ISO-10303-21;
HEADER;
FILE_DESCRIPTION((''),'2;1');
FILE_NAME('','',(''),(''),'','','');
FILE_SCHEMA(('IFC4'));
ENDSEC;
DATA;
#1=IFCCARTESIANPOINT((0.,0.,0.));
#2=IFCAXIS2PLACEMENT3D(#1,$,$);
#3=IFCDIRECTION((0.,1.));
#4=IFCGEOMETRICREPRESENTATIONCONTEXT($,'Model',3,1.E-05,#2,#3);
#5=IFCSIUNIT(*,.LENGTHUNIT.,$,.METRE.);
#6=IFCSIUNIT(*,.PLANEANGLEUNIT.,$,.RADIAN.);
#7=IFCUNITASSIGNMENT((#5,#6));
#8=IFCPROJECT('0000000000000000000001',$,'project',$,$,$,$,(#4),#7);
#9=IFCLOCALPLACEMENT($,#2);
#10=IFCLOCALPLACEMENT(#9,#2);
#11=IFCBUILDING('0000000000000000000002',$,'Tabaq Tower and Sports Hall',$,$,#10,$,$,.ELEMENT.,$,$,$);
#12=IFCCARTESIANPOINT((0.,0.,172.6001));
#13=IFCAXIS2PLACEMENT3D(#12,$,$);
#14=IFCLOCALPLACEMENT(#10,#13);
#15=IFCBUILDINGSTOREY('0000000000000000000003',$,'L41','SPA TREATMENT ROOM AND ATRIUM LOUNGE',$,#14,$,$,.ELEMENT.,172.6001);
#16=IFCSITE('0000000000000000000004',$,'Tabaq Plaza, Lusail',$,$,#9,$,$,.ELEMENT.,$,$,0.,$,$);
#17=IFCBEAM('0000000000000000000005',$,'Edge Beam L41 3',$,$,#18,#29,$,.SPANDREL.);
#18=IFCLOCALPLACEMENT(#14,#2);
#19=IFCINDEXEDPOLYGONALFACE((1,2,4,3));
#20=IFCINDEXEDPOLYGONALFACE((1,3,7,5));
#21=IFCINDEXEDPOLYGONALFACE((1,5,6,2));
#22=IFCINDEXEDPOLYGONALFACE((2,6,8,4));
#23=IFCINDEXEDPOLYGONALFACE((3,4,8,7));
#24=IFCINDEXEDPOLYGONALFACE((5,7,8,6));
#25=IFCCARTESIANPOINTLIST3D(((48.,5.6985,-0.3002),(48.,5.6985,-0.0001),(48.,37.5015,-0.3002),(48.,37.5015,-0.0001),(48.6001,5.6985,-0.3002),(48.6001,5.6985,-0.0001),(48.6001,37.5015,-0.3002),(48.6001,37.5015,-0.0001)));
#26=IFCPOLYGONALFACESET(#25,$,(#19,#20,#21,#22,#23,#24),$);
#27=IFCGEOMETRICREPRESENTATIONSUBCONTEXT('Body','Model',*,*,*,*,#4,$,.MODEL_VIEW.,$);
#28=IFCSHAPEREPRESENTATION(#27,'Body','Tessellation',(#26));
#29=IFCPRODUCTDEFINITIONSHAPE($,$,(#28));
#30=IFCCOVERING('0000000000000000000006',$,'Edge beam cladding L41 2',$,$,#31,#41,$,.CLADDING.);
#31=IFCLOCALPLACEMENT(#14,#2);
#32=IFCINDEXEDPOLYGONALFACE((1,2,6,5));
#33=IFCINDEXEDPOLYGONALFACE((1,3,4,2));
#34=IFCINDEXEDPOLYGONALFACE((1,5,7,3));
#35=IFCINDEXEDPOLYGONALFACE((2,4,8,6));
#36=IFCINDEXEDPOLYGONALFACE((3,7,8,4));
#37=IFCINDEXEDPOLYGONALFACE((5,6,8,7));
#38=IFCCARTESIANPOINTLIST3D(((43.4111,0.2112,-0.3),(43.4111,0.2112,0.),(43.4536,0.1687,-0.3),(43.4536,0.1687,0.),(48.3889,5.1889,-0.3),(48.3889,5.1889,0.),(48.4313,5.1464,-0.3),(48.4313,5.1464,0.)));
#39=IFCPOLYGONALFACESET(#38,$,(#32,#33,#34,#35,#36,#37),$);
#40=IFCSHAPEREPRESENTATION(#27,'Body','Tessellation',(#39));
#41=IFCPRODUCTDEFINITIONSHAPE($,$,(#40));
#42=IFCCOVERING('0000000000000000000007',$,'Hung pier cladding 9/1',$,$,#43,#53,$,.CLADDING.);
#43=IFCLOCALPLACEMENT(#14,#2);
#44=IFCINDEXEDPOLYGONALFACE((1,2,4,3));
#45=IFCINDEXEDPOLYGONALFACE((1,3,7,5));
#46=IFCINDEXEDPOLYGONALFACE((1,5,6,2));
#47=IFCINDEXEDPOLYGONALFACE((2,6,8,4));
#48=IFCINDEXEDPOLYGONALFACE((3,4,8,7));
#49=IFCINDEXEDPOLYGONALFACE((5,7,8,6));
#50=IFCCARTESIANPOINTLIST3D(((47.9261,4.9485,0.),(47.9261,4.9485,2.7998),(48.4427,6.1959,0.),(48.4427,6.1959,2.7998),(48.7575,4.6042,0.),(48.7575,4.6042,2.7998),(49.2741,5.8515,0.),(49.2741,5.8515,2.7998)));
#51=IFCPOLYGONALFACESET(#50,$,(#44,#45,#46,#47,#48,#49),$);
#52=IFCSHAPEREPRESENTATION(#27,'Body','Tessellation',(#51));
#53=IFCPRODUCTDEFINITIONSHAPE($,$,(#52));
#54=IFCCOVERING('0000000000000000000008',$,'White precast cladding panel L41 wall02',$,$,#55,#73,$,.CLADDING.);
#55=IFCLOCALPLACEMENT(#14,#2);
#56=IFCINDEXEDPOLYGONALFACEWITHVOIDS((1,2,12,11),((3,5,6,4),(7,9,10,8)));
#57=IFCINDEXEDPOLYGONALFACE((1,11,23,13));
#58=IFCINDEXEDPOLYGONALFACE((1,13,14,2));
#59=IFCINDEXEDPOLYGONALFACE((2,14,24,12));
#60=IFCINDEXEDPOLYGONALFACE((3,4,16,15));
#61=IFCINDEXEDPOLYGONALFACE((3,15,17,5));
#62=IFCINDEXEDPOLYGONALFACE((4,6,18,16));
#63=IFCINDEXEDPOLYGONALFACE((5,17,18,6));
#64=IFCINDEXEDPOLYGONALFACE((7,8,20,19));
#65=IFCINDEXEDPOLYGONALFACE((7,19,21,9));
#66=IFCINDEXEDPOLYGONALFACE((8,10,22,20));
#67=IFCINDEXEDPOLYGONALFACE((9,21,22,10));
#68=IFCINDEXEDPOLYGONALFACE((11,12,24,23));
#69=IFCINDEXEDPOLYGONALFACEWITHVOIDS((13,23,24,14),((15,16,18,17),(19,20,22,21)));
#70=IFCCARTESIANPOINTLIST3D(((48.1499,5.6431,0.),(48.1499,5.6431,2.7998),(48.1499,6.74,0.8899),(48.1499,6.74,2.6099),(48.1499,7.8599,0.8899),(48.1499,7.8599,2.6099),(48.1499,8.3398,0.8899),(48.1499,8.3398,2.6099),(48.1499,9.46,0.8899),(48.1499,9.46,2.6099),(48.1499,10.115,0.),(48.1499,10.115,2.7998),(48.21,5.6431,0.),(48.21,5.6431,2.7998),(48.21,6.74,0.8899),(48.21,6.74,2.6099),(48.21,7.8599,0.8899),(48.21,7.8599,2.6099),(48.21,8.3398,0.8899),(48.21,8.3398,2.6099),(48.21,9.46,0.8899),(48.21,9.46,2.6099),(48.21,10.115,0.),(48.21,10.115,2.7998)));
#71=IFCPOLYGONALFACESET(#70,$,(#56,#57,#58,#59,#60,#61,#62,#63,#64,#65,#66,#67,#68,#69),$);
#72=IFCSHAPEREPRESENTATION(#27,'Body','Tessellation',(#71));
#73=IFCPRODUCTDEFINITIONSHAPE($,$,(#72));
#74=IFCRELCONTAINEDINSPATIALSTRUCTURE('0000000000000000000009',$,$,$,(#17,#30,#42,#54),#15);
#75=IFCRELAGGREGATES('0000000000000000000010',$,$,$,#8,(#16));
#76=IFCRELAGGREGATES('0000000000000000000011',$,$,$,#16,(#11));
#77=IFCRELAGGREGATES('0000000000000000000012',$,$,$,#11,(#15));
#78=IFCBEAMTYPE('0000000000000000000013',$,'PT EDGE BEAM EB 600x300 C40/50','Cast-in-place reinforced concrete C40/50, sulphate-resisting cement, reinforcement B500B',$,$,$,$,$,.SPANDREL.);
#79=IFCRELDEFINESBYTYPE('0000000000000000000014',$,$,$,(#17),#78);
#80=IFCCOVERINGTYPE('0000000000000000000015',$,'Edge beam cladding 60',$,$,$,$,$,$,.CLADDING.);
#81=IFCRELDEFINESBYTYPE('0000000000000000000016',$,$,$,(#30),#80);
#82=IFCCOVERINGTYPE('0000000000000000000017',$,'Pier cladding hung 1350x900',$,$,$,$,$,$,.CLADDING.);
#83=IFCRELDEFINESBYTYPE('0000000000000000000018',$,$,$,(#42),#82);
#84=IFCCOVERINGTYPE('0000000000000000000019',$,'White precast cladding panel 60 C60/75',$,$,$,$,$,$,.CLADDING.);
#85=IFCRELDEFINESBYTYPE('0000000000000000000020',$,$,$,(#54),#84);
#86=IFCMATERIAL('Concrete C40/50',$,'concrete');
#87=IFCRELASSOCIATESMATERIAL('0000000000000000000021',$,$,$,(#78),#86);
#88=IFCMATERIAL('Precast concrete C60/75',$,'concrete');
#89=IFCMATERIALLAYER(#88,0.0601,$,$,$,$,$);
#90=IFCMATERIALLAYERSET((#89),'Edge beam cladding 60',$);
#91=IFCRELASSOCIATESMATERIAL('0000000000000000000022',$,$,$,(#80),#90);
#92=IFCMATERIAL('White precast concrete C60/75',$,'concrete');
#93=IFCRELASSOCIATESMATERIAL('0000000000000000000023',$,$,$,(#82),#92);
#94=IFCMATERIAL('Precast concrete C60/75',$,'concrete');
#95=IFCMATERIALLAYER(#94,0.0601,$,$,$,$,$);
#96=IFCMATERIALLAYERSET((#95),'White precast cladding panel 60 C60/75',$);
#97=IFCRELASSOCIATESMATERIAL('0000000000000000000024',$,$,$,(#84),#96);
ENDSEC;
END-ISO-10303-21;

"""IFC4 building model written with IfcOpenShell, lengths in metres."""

from ifc_helpers import new_model, si_unit, direction, frame, frame_2d, origin, origin_2d, place, context, subcontext, project, spatial, polyline, rectangle, outline, extrude, material, layer, layer_set, material_profile, profile_set, type_object, element, save


model = new_model("IFC4")

# Units and contexts
model_context = context("Model", 3, precision=1e-05, world=origin(), true_north=direction((0.0, 1.0)))
body_context = subcontext(model_context, "Body", "Model", "MODEL_VIEW")
ifc_project = project(units=[si_unit("LENGTHUNIT", "METRE"), si_unit("PLANEANGLEUNIT", "RADIAN")], contexts=[model_context])

# Site, building, storey
site_placement = place(None, origin())
site = spatial("IfcSite", under=ifc_project, at=site_placement, Name="Tabaq Plaza, Lusail", CompositionType="ELEMENT", RefElevation=0.0)
building_placement = place(site_placement, origin())
building = spatial("IfcBuilding", under=site, at=building_placement, Name="Tabaq Tower and Sports Hall", CompositionType="ELEMENT")
storey_placement = place(building_placement, frame((0.0, 0.0, 172.6001)))
storey = spatial("IfcBuildingStorey", under=building, at=storey_placement, Name="L41", Description="SPA TREATMENT ROOM AND ATRIUM LOUNGE", CompositionType="ELEMENT", Elevation=172.6001)

# Beam
ifc_material_1 = material(Name="Concrete C40/50", Category="concrete")
ifc_material_profile = material_profile(ifc_material_1, rectangle(XDim=0.6001, YDim=0.3, at=origin_2d()), Name="EB 600x300")
ifc_profile_set = profile_set([ifc_material_profile], Name="Concrete C40/50")
beam_type = type_object("IfcBeamType", Name="PT EDGE BEAM EB 600x300 C40/50", Description="Cast-in-place reinforced concrete C40/50, sulphate-resisting cement, reinforcement B500B", PredefinedType="SPANDREL", material=ifc_profile_set)
beam_placement = place(storey_placement, frame((48.3, 5.6985, -0.1501), z_axis=(0.0, 1.0, 0.0), x_axis=(-1.0, 0.0, 0.0)))
element("IfcBeam", 1, at=beam_placement, inside=storey, type_object=beam_type, Name="Edge Beam L41 3", PredefinedType="SPANDREL", context=body_context, shape_type="SweptSolid", body=[
    extrude(rectangle(XDim=0.6001, YDim=0.3, at=origin_2d()), origin(), (0.0, 0.0, 1.0), 31.803),
])

# Coverings
ifc_material_2 = material(Name="Precast concrete C60/75", Category="concrete")
ifc_layer_1 = layer(ifc_material_2, 0.0601)
ifc_layer_set_1 = layer_set([ifc_layer_1], Name="Edge beam cladding 60")
covering_type_1 = type_object("IfcCoveringType", Name="Edge beam cladding 60", PredefinedType="CLADDING", material=ifc_layer_set_1)
covering_1_placement = place(storey_placement, frame((43.4324, 0.1899, -0.3), z_axis=(0.0, 0.0, 1.0), x_axis=(0.707107, 0.707107, 0.0)))
element("IfcCovering", 2, at=covering_1_placement, inside=storey, type_object=covering_type_1, Name="Edge beam cladding L41 2", PredefinedType="CLADDING", context=body_context, shape_type="SweptSolid", body=[
    extrude(rectangle(XDim=7.0396, YDim=0.0601, at=frame_2d((3.5198, 0.0))), origin(), (0.0, 0.0, 1.0), 0.3),
])
ifc_material_3 = material(Name="White precast concrete C60/75", Category="concrete")
covering_type_2 = type_object("IfcCoveringType", Name="Pier cladding hung 1350x900", PredefinedType="CLADDING", material=ifc_material_3)
covering_2_placement = place(storey_placement, frame((48.3418, 4.7764, 0.0), z_axis=(0.0, 0.0, 1.0), x_axis=(0.38265, 0.923893, 0.0)))
element("IfcCovering", 3, at=covering_2_placement, inside=storey, type_object=covering_type_2, Name="Hung pier cladding 9/1", PredefinedType="CLADDING", context=body_context, shape_type="SweptSolid", body=[
    extrude(rectangle(XDim=1.3501, YDim=0.8999, at=frame_2d((0.675, 0.0))), origin(), (0.0, 0.0, 1.0), 2.7998),
])
ifc_material_4 = material(Name="Precast concrete C60/75", Category="concrete")
ifc_layer_2 = layer(ifc_material_4, 0.0601)
ifc_layer_set_2 = layer_set([ifc_layer_2], Name="White precast cladding panel 60 C60/75")
covering_type_3 = type_object("IfcCoveringType", Name="White precast cladding panel 60 C60/75", PredefinedType="CLADDING", material=ifc_layer_set_2)
covering_3_placement = place(storey_placement, frame((48.1799, 5.6431, 0.0), z_axis=(0.0, 0.0, 1.0), x_axis=(0.0, 1.0, 0.0)))
element("IfcCovering", 4, at=covering_3_placement, inside=storey, type_object=covering_type_3, Name="White precast cladding panel L41 wall02", PredefinedType="CLADDING", context=body_context, shape_type="SweptSolid", body=[
    extrude(outline(polyline([(0.0, 0.0), (4.4719, 0.0), (4.4719, 2.7998), (0.0, 2.7998), (0.0, 0.0)]), holes=[polyline([(1.0969, 2.6099), (2.2168, 2.6099), (2.2168, 0.8899), (1.0969, 0.8899), (1.0969, 2.6099)]), polyline([(2.6968, 2.6099), (3.8169, 2.6099), (3.8169, 0.8899), (2.6968, 0.8899), (2.6968, 2.6099)])]), frame((0.0, 0.03, 0.0), z_axis=(0.0, -1.0, 0.0), x_axis=(1.0, 0.0, 0.0)), (0.0, 0.0, 1.0), 0.0601),
])

save(model, "model.ifc")
